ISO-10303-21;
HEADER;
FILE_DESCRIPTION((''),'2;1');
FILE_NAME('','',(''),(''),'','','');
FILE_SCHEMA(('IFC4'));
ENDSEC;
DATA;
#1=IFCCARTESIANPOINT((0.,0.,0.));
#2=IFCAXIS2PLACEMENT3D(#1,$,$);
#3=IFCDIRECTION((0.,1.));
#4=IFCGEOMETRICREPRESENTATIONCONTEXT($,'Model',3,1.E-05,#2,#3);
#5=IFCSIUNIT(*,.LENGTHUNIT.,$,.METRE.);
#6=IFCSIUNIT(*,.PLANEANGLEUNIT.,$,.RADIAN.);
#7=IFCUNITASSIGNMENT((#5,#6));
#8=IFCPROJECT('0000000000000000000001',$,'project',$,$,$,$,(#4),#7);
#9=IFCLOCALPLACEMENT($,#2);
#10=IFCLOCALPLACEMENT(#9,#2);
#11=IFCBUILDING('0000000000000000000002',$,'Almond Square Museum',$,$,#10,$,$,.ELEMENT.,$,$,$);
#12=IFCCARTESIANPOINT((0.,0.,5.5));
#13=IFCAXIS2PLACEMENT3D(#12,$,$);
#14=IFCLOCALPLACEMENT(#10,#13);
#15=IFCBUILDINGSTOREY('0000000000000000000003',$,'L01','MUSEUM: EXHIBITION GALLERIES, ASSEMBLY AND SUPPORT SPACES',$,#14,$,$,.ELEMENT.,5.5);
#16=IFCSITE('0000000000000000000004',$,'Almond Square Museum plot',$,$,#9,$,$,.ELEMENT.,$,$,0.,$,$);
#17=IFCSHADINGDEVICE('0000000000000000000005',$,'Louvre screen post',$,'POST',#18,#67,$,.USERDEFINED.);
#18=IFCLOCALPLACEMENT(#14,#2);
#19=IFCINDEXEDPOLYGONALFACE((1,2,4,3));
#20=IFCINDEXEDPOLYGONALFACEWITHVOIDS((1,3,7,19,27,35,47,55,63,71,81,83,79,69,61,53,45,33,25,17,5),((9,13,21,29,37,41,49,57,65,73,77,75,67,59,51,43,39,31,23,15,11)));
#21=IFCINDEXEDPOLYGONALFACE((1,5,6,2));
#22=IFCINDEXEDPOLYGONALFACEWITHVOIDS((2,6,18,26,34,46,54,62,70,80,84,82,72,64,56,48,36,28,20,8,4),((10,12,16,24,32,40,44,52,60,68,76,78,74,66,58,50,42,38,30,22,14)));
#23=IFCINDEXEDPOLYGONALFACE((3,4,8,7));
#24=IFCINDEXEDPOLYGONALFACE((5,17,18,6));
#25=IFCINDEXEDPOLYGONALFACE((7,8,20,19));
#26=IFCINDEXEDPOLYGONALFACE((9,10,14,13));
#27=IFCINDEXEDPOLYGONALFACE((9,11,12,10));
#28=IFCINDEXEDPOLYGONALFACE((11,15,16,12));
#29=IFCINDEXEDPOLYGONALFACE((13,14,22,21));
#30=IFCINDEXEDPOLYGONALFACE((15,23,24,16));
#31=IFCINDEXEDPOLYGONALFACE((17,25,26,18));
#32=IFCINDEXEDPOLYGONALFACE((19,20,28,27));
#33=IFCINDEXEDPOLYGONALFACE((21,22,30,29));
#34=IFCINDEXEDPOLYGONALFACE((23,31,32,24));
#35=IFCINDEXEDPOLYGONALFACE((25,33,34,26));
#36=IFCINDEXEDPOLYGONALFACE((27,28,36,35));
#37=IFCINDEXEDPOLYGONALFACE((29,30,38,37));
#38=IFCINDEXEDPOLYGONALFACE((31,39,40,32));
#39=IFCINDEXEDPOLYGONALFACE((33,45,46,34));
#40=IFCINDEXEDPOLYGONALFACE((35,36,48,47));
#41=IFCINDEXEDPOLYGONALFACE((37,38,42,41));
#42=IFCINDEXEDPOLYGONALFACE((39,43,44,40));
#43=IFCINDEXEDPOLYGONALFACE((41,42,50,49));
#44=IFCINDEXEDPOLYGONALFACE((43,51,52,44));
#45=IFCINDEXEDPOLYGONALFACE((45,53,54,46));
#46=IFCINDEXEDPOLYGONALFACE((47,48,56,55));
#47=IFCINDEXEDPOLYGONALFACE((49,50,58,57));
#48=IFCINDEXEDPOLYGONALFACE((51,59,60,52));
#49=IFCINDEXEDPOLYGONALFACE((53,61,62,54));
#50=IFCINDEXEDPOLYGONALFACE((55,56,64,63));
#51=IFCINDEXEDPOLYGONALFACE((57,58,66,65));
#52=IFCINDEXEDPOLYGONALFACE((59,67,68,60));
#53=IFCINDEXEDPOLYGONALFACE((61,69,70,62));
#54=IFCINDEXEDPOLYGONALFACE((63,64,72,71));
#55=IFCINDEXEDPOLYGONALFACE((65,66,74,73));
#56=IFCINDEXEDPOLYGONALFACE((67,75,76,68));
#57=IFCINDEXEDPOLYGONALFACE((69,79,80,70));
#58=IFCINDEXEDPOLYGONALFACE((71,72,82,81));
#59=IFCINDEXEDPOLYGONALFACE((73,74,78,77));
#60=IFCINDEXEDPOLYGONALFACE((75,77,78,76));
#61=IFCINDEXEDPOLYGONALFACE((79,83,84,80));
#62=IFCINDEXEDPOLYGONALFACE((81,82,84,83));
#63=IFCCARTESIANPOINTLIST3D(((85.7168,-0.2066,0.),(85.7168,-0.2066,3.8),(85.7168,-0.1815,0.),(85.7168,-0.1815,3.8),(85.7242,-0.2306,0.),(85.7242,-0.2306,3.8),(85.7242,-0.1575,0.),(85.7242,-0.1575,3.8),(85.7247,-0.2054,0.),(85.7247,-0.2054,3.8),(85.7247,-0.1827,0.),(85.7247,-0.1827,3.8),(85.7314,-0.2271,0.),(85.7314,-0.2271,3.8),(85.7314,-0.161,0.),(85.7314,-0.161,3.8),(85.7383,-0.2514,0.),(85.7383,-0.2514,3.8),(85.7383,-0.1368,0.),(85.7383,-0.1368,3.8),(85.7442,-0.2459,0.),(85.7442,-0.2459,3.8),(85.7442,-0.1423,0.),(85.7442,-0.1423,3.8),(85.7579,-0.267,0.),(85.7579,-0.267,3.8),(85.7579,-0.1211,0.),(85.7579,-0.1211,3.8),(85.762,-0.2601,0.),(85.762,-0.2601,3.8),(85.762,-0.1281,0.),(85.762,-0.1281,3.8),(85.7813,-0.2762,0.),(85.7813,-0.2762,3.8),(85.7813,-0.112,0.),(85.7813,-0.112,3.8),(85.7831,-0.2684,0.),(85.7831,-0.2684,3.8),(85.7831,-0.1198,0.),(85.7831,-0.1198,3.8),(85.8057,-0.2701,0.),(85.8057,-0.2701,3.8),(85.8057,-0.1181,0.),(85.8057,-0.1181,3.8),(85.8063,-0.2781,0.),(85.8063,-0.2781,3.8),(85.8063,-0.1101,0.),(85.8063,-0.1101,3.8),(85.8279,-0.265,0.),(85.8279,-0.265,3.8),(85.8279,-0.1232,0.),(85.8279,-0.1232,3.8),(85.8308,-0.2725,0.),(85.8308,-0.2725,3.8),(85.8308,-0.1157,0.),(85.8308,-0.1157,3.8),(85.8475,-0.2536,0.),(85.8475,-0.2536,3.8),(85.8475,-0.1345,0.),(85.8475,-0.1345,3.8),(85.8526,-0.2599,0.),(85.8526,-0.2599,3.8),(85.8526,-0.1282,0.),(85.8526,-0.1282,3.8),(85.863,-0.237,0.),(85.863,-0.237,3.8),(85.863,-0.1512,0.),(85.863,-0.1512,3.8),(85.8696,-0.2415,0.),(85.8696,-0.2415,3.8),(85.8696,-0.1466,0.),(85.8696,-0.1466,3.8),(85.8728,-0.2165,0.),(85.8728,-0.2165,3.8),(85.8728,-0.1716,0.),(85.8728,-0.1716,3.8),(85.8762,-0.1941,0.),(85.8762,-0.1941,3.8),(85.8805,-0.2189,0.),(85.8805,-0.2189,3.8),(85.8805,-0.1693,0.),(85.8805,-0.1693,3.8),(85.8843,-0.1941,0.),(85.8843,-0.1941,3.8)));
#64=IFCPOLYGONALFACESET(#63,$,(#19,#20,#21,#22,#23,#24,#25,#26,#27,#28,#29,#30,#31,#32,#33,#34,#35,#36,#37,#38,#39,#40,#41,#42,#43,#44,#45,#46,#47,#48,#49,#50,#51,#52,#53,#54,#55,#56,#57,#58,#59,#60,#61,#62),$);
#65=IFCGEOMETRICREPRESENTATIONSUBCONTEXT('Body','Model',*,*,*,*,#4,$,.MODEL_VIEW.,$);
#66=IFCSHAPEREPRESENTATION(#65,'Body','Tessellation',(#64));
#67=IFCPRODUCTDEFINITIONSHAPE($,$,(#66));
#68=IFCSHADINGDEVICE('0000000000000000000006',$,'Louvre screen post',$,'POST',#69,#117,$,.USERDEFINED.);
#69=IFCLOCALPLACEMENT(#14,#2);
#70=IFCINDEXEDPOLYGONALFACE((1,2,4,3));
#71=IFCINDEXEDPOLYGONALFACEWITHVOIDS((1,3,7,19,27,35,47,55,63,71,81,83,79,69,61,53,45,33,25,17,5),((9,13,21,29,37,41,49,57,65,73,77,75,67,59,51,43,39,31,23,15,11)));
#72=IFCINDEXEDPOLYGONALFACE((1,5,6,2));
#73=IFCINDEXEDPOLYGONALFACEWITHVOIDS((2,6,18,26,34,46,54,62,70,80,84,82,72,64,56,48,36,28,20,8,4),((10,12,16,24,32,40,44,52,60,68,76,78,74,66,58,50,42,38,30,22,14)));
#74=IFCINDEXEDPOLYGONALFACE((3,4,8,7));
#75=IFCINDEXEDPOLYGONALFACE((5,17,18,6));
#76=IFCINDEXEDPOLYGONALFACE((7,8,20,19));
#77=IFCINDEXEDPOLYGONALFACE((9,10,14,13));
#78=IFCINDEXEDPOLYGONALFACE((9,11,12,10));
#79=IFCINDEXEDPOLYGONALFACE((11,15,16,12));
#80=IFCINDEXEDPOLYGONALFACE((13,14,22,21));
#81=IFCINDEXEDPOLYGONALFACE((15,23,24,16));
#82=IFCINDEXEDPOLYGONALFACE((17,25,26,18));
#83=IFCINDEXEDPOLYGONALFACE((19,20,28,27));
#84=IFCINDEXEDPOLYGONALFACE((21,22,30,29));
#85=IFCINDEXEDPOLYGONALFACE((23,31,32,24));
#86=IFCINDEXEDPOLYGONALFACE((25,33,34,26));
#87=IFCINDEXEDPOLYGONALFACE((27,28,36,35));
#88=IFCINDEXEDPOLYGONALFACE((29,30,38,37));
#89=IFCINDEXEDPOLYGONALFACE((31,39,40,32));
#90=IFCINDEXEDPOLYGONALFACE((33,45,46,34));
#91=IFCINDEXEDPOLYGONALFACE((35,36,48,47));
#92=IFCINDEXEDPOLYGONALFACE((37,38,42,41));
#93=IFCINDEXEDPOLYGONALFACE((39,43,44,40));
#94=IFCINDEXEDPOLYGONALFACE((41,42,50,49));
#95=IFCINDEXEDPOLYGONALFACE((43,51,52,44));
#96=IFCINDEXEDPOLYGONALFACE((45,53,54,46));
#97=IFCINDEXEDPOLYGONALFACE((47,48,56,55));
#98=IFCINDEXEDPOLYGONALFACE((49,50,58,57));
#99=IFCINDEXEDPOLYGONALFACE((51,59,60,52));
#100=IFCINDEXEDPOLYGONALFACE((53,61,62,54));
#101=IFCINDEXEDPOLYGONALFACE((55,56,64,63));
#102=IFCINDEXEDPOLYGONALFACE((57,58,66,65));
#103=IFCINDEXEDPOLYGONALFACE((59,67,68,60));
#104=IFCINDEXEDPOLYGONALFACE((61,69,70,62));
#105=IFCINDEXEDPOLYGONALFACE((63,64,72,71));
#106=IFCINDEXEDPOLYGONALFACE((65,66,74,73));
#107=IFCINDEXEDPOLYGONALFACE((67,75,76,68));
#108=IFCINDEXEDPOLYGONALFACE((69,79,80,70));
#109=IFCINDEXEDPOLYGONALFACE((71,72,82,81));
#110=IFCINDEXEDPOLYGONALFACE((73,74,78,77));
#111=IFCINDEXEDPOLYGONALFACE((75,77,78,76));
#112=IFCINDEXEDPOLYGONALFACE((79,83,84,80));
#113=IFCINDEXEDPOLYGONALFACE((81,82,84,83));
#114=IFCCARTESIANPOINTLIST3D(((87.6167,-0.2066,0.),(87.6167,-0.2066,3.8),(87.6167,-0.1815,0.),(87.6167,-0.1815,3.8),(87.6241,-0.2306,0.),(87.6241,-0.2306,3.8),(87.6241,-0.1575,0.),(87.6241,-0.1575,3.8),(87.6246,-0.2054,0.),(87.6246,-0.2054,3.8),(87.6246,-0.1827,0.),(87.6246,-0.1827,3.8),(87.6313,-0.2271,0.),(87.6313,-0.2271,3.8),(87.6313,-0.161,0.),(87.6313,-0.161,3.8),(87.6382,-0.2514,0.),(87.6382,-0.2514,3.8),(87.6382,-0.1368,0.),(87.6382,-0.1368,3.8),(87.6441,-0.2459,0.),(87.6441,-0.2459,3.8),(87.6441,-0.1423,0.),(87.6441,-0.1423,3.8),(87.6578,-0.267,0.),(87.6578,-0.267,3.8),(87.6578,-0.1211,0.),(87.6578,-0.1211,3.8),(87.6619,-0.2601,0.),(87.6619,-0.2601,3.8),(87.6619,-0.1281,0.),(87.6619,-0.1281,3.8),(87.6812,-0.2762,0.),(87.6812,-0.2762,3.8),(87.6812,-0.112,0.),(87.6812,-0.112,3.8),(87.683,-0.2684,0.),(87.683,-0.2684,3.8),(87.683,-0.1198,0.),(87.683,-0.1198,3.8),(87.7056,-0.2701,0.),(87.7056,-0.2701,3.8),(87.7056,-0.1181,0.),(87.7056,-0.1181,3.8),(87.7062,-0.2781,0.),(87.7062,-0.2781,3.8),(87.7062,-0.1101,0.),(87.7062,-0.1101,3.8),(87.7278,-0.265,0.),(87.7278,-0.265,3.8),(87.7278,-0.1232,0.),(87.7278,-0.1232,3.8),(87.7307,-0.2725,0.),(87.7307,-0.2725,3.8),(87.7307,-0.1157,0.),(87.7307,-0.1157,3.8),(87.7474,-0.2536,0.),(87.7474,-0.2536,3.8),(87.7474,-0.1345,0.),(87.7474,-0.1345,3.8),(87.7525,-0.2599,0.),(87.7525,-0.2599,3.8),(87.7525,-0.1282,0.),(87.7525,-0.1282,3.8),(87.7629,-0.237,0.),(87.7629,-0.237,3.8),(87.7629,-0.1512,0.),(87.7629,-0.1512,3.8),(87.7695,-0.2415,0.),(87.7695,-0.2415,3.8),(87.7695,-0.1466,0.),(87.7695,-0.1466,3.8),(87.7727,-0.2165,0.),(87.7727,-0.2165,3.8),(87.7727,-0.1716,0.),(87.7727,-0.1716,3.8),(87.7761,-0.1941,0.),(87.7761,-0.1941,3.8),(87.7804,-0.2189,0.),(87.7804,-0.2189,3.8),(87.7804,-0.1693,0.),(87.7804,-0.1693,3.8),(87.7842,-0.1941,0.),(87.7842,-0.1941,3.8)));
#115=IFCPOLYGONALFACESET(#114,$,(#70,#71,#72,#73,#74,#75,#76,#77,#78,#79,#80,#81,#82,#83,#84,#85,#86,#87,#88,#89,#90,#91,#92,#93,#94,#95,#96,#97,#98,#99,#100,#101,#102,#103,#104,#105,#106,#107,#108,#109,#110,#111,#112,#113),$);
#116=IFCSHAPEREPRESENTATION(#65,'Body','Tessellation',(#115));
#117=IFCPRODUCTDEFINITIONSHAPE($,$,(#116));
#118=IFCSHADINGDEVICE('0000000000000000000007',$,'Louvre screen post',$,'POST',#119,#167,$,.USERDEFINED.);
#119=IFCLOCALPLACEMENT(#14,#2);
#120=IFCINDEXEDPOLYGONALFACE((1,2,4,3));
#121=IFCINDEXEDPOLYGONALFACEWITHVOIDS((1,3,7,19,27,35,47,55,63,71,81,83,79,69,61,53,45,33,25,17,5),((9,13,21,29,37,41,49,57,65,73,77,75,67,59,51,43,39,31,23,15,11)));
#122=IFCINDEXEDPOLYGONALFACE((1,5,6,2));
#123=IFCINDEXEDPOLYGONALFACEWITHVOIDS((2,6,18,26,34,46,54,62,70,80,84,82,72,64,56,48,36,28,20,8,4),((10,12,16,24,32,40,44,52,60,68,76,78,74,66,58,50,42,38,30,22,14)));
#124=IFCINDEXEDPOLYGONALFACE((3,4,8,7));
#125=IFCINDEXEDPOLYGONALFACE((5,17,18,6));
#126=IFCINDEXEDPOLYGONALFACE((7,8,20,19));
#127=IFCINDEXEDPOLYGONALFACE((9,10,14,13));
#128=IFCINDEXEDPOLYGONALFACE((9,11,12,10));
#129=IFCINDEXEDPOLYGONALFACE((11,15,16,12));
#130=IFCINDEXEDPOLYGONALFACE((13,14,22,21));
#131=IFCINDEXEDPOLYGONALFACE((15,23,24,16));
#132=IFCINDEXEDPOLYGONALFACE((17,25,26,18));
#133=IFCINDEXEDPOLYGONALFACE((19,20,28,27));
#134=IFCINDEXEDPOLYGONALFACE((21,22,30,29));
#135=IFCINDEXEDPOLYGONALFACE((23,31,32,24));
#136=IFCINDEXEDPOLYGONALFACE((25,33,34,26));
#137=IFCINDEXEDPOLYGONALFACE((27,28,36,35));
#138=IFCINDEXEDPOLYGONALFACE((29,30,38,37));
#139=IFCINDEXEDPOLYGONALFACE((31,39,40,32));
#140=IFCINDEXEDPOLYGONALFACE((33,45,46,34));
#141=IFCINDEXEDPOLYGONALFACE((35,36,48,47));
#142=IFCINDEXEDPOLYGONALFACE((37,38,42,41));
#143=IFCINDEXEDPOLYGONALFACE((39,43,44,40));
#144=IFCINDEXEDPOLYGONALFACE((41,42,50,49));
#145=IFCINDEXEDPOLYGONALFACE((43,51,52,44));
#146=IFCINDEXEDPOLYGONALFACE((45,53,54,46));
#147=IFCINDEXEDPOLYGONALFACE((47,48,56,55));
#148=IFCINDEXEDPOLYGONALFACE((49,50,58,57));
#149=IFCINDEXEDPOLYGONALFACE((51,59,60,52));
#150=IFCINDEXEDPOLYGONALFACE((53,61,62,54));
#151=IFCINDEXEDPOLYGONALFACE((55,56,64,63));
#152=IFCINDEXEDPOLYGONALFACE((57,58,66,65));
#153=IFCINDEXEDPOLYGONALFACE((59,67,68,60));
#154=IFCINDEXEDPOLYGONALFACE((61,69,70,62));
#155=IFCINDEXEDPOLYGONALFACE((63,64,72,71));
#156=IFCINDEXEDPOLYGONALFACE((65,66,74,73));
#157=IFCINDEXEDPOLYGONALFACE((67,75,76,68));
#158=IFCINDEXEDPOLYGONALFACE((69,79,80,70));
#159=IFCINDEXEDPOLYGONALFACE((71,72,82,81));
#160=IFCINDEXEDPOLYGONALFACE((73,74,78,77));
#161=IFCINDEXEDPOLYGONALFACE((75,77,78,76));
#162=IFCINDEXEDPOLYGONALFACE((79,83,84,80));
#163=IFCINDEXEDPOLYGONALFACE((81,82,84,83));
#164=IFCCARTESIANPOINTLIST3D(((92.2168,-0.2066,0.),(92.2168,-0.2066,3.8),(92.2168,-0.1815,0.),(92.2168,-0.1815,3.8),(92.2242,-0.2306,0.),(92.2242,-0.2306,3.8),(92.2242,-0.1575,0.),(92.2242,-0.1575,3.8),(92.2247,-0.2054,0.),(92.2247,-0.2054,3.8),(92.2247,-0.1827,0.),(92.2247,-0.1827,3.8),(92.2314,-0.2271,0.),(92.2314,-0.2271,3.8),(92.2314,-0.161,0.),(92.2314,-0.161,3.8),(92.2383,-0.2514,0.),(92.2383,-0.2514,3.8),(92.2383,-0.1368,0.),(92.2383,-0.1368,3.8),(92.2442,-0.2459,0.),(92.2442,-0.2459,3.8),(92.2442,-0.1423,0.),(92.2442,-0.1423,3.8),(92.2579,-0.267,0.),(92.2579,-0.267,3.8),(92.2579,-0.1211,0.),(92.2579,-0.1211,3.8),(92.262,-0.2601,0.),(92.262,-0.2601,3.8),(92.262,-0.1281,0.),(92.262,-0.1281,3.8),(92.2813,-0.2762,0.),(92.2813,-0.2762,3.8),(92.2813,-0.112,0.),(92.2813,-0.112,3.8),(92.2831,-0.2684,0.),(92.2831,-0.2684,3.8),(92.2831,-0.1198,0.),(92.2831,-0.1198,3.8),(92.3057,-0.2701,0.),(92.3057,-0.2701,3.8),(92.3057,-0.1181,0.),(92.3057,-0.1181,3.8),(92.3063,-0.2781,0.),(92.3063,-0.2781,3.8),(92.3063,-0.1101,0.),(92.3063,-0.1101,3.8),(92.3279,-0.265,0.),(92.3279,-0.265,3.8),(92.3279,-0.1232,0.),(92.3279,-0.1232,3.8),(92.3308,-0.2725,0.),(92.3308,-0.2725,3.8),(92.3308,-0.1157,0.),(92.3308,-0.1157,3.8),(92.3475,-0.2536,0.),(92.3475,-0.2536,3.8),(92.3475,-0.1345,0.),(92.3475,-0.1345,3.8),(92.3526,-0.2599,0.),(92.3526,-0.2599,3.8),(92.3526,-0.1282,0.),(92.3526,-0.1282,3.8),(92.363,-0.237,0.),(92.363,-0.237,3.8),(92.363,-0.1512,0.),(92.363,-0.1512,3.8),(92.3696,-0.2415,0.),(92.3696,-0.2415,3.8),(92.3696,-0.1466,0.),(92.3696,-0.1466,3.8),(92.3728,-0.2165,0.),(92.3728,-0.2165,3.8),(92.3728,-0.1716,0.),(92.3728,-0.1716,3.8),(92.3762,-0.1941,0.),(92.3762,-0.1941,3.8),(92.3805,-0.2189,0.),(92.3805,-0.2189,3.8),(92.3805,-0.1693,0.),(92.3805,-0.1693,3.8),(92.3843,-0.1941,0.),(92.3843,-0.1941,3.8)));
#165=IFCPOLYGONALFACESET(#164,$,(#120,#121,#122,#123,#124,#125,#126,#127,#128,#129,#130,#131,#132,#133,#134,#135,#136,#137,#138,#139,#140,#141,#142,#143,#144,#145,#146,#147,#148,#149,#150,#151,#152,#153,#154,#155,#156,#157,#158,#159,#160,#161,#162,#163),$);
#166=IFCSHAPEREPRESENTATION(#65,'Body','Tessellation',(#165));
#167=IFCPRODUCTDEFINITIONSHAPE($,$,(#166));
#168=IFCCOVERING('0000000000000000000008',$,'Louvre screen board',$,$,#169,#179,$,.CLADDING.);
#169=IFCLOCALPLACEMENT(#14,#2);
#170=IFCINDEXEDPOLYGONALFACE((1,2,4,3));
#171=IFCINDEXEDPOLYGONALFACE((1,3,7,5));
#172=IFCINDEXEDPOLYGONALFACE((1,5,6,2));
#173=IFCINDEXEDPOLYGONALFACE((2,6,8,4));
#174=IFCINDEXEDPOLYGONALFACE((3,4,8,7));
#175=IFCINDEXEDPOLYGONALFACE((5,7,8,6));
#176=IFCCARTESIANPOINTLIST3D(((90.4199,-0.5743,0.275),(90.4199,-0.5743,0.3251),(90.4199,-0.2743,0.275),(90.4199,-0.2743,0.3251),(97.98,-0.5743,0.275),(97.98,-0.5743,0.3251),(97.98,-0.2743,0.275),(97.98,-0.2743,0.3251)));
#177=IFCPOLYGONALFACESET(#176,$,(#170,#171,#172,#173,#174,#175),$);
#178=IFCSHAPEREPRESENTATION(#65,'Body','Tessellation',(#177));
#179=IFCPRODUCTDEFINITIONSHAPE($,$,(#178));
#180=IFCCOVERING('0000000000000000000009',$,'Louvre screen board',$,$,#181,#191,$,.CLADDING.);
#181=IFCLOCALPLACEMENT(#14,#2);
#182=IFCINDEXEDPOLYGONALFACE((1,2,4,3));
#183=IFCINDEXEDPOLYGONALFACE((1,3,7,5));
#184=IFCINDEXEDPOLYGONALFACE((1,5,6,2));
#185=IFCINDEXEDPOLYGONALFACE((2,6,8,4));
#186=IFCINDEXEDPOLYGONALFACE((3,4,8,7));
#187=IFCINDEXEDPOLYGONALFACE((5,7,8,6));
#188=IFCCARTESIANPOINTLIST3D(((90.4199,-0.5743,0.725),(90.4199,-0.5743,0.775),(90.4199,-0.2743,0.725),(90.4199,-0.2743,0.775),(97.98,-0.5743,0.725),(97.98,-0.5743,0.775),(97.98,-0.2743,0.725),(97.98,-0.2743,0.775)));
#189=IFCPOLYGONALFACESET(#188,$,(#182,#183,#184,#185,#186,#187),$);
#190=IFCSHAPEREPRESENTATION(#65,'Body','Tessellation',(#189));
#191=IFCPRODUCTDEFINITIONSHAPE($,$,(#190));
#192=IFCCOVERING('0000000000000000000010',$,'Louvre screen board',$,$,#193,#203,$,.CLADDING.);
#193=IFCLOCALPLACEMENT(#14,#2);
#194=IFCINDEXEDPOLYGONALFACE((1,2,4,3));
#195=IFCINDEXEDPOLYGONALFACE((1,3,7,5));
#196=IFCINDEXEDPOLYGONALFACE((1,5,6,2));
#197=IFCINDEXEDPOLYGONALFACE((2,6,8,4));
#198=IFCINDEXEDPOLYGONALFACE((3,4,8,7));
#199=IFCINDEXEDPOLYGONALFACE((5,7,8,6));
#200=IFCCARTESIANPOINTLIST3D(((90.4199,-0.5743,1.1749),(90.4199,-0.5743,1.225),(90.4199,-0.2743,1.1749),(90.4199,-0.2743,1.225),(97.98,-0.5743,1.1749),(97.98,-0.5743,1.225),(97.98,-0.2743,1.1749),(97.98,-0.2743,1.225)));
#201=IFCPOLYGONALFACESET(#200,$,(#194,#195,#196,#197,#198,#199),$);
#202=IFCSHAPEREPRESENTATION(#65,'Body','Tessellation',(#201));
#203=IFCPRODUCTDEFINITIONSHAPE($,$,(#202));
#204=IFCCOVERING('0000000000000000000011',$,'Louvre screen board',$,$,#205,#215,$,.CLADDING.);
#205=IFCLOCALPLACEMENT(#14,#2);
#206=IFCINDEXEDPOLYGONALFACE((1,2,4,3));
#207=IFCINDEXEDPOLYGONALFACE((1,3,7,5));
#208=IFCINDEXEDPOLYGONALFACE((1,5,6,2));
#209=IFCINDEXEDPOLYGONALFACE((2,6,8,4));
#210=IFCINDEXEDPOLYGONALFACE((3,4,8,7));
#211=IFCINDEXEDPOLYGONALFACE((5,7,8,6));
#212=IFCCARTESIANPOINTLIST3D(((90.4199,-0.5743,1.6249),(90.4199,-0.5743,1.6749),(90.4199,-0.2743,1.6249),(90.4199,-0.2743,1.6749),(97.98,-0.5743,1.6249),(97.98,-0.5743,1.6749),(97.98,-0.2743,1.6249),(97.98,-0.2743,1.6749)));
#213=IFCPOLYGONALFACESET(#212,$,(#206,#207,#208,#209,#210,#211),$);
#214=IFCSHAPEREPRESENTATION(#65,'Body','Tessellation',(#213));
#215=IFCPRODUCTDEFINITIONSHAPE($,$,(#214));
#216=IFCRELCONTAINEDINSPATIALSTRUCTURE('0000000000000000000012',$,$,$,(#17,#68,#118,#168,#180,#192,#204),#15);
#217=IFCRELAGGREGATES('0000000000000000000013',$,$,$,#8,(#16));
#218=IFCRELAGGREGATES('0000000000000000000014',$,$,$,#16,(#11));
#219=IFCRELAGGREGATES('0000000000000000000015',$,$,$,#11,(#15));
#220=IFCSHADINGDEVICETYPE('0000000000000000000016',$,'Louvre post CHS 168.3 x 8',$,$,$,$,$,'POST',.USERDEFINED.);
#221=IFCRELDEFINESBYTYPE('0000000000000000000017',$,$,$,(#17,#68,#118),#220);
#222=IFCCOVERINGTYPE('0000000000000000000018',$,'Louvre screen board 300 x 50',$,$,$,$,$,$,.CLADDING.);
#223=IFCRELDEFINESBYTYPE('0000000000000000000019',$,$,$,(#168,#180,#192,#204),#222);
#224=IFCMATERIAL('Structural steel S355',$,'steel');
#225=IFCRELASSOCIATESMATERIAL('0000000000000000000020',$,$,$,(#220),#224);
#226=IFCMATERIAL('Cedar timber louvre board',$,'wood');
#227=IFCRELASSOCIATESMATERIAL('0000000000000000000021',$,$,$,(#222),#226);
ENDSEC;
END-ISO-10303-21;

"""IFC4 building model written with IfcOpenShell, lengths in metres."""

from ifc_helpers import new_model, si_unit, direction, frame, origin, origin_2d, place, context, subcontext, project, spatial, rectangle, hollow_circle, extrude, material, material_profile, profile_set, type_object, element, save


model = new_model("IFC4")

# Units and contexts
model_context = context("Model", 3, precision=1e-05, world=origin(), true_north=direction((0.0, 1.0)))
body_context = subcontext(model_context, "Body", "Model", "MODEL_VIEW")
ifc_project = project(units=[si_unit("LENGTHUNIT", "METRE"), si_unit("PLANEANGLEUNIT", "RADIAN")], contexts=[model_context])

# Site, building, storey
site_placement = place(None, origin())
site = spatial("IfcSite", under=ifc_project, at=site_placement, Name="Almond Square Museum plot", CompositionType="ELEMENT", RefElevation=0.0)
building_placement = place(site_placement, origin())
building = spatial("IfcBuilding", under=site, at=building_placement, Name="Almond Square Museum", CompositionType="ELEMENT")
storey_placement = place(building_placement, frame((0.0, 0.0, 5.5)))
storey = spatial("IfcBuildingStorey", under=building, at=storey_placement, Name="L01", Description="MUSEUM: EXHIBITION GALLERIES, ASSEMBLY AND SUPPORT SPACES", CompositionType="ELEMENT", Elevation=5.5)

# Shading devices
ifc_material_1 = material(Name="Structural steel S355", Category="steel")
ifc_material_profile_1 = material_profile(ifc_material_1, hollow_circle(Radius=0.0842, WallThickness=0.0081, at=origin_2d()))
ifc_profile_set_1 = profile_set([ifc_material_profile_1], Name="Structural steel S355")
shading_device_type = type_object("IfcShadingDeviceType", Name="Louvre post CHS 168.3 x 8", ElementType="POST", PredefinedType="USERDEFINED", material=ifc_profile_set_1)
for number, where, z_axis, x_axis, name in (
    (1, (85.8, -0.1941, 0.0), (0.0, 0.0, 1.0), (1.0, 0.0, 0.0), "Louvre screen post"),
    (2, (87.7, -0.1941, 0.0), (0.0, 0.0, 1.0), (1.0, 0.0, 0.0), "Louvre screen post"),
    (3, (92.3, -0.1941, 0.0), (0.0, 0.0, 1.0), (1.0, 0.0, 0.0), "Louvre screen post"),
):
    element("IfcShadingDevice", number, at=place(storey_placement, frame(where, z_axis=z_axis, x_axis=x_axis)), inside=storey, type_object=shading_device_type, Name=name, ObjectType="POST", PredefinedType="USERDEFINED", context=body_context, shape_type="SweptSolid", body=[
        extrude(hollow_circle(Radius=0.0842, WallThickness=0.0081, at=origin_2d()), origin(), (0.0, 0.0, 1.0), 3.8),
    ])

# Coverings
ifc_material_2 = material(Name="Cedar timber louvre board", Category="wood")
ifc_material_profile_2 = material_profile(ifc_material_2, rectangle(XDim=0.3, YDim=0.05, at=origin_2d()))
ifc_profile_set_2 = profile_set([ifc_material_profile_2], Name="Cedar timber louvre board")
covering_type = type_object("IfcCoveringType", Name="Louvre screen board 300 x 50", PredefinedType="CLADDING", material=ifc_profile_set_2)
for number, where, z_axis, x_axis, name in (
    (4, (90.4199, -0.4243, 0.3), (1.0, 0.0, 0.0), (0.0, 1.0, 0.0), "Louvre screen board"),
    (5, (90.4199, -0.4243, 0.75), (1.0, 0.0, 0.0), (0.0, 1.0, 0.0), "Louvre screen board"),
    (6, (90.4199, -0.4243, 1.2), (1.0, 0.0, 0.0), (0.0, 1.0, 0.0), "Louvre screen board"),
    (7, (90.4199, -0.4243, 1.6499), (1.0, 0.0, 0.0), (0.0, 1.0, 0.0), "Louvre screen board"),
):
    element("IfcCovering", number, at=place(storey_placement, frame(where, z_axis=z_axis, x_axis=x_axis)), inside=storey, type_object=covering_type, Name=name, PredefinedType="CLADDING", context=body_context, shape_type="SweptSolid", body=[
        extrude(rectangle(XDim=0.3, YDim=0.05, at=origin_2d()), origin(), (0.0, 0.0, 1.0), 7.5601),
    ])

save(model, "model.ifc")
